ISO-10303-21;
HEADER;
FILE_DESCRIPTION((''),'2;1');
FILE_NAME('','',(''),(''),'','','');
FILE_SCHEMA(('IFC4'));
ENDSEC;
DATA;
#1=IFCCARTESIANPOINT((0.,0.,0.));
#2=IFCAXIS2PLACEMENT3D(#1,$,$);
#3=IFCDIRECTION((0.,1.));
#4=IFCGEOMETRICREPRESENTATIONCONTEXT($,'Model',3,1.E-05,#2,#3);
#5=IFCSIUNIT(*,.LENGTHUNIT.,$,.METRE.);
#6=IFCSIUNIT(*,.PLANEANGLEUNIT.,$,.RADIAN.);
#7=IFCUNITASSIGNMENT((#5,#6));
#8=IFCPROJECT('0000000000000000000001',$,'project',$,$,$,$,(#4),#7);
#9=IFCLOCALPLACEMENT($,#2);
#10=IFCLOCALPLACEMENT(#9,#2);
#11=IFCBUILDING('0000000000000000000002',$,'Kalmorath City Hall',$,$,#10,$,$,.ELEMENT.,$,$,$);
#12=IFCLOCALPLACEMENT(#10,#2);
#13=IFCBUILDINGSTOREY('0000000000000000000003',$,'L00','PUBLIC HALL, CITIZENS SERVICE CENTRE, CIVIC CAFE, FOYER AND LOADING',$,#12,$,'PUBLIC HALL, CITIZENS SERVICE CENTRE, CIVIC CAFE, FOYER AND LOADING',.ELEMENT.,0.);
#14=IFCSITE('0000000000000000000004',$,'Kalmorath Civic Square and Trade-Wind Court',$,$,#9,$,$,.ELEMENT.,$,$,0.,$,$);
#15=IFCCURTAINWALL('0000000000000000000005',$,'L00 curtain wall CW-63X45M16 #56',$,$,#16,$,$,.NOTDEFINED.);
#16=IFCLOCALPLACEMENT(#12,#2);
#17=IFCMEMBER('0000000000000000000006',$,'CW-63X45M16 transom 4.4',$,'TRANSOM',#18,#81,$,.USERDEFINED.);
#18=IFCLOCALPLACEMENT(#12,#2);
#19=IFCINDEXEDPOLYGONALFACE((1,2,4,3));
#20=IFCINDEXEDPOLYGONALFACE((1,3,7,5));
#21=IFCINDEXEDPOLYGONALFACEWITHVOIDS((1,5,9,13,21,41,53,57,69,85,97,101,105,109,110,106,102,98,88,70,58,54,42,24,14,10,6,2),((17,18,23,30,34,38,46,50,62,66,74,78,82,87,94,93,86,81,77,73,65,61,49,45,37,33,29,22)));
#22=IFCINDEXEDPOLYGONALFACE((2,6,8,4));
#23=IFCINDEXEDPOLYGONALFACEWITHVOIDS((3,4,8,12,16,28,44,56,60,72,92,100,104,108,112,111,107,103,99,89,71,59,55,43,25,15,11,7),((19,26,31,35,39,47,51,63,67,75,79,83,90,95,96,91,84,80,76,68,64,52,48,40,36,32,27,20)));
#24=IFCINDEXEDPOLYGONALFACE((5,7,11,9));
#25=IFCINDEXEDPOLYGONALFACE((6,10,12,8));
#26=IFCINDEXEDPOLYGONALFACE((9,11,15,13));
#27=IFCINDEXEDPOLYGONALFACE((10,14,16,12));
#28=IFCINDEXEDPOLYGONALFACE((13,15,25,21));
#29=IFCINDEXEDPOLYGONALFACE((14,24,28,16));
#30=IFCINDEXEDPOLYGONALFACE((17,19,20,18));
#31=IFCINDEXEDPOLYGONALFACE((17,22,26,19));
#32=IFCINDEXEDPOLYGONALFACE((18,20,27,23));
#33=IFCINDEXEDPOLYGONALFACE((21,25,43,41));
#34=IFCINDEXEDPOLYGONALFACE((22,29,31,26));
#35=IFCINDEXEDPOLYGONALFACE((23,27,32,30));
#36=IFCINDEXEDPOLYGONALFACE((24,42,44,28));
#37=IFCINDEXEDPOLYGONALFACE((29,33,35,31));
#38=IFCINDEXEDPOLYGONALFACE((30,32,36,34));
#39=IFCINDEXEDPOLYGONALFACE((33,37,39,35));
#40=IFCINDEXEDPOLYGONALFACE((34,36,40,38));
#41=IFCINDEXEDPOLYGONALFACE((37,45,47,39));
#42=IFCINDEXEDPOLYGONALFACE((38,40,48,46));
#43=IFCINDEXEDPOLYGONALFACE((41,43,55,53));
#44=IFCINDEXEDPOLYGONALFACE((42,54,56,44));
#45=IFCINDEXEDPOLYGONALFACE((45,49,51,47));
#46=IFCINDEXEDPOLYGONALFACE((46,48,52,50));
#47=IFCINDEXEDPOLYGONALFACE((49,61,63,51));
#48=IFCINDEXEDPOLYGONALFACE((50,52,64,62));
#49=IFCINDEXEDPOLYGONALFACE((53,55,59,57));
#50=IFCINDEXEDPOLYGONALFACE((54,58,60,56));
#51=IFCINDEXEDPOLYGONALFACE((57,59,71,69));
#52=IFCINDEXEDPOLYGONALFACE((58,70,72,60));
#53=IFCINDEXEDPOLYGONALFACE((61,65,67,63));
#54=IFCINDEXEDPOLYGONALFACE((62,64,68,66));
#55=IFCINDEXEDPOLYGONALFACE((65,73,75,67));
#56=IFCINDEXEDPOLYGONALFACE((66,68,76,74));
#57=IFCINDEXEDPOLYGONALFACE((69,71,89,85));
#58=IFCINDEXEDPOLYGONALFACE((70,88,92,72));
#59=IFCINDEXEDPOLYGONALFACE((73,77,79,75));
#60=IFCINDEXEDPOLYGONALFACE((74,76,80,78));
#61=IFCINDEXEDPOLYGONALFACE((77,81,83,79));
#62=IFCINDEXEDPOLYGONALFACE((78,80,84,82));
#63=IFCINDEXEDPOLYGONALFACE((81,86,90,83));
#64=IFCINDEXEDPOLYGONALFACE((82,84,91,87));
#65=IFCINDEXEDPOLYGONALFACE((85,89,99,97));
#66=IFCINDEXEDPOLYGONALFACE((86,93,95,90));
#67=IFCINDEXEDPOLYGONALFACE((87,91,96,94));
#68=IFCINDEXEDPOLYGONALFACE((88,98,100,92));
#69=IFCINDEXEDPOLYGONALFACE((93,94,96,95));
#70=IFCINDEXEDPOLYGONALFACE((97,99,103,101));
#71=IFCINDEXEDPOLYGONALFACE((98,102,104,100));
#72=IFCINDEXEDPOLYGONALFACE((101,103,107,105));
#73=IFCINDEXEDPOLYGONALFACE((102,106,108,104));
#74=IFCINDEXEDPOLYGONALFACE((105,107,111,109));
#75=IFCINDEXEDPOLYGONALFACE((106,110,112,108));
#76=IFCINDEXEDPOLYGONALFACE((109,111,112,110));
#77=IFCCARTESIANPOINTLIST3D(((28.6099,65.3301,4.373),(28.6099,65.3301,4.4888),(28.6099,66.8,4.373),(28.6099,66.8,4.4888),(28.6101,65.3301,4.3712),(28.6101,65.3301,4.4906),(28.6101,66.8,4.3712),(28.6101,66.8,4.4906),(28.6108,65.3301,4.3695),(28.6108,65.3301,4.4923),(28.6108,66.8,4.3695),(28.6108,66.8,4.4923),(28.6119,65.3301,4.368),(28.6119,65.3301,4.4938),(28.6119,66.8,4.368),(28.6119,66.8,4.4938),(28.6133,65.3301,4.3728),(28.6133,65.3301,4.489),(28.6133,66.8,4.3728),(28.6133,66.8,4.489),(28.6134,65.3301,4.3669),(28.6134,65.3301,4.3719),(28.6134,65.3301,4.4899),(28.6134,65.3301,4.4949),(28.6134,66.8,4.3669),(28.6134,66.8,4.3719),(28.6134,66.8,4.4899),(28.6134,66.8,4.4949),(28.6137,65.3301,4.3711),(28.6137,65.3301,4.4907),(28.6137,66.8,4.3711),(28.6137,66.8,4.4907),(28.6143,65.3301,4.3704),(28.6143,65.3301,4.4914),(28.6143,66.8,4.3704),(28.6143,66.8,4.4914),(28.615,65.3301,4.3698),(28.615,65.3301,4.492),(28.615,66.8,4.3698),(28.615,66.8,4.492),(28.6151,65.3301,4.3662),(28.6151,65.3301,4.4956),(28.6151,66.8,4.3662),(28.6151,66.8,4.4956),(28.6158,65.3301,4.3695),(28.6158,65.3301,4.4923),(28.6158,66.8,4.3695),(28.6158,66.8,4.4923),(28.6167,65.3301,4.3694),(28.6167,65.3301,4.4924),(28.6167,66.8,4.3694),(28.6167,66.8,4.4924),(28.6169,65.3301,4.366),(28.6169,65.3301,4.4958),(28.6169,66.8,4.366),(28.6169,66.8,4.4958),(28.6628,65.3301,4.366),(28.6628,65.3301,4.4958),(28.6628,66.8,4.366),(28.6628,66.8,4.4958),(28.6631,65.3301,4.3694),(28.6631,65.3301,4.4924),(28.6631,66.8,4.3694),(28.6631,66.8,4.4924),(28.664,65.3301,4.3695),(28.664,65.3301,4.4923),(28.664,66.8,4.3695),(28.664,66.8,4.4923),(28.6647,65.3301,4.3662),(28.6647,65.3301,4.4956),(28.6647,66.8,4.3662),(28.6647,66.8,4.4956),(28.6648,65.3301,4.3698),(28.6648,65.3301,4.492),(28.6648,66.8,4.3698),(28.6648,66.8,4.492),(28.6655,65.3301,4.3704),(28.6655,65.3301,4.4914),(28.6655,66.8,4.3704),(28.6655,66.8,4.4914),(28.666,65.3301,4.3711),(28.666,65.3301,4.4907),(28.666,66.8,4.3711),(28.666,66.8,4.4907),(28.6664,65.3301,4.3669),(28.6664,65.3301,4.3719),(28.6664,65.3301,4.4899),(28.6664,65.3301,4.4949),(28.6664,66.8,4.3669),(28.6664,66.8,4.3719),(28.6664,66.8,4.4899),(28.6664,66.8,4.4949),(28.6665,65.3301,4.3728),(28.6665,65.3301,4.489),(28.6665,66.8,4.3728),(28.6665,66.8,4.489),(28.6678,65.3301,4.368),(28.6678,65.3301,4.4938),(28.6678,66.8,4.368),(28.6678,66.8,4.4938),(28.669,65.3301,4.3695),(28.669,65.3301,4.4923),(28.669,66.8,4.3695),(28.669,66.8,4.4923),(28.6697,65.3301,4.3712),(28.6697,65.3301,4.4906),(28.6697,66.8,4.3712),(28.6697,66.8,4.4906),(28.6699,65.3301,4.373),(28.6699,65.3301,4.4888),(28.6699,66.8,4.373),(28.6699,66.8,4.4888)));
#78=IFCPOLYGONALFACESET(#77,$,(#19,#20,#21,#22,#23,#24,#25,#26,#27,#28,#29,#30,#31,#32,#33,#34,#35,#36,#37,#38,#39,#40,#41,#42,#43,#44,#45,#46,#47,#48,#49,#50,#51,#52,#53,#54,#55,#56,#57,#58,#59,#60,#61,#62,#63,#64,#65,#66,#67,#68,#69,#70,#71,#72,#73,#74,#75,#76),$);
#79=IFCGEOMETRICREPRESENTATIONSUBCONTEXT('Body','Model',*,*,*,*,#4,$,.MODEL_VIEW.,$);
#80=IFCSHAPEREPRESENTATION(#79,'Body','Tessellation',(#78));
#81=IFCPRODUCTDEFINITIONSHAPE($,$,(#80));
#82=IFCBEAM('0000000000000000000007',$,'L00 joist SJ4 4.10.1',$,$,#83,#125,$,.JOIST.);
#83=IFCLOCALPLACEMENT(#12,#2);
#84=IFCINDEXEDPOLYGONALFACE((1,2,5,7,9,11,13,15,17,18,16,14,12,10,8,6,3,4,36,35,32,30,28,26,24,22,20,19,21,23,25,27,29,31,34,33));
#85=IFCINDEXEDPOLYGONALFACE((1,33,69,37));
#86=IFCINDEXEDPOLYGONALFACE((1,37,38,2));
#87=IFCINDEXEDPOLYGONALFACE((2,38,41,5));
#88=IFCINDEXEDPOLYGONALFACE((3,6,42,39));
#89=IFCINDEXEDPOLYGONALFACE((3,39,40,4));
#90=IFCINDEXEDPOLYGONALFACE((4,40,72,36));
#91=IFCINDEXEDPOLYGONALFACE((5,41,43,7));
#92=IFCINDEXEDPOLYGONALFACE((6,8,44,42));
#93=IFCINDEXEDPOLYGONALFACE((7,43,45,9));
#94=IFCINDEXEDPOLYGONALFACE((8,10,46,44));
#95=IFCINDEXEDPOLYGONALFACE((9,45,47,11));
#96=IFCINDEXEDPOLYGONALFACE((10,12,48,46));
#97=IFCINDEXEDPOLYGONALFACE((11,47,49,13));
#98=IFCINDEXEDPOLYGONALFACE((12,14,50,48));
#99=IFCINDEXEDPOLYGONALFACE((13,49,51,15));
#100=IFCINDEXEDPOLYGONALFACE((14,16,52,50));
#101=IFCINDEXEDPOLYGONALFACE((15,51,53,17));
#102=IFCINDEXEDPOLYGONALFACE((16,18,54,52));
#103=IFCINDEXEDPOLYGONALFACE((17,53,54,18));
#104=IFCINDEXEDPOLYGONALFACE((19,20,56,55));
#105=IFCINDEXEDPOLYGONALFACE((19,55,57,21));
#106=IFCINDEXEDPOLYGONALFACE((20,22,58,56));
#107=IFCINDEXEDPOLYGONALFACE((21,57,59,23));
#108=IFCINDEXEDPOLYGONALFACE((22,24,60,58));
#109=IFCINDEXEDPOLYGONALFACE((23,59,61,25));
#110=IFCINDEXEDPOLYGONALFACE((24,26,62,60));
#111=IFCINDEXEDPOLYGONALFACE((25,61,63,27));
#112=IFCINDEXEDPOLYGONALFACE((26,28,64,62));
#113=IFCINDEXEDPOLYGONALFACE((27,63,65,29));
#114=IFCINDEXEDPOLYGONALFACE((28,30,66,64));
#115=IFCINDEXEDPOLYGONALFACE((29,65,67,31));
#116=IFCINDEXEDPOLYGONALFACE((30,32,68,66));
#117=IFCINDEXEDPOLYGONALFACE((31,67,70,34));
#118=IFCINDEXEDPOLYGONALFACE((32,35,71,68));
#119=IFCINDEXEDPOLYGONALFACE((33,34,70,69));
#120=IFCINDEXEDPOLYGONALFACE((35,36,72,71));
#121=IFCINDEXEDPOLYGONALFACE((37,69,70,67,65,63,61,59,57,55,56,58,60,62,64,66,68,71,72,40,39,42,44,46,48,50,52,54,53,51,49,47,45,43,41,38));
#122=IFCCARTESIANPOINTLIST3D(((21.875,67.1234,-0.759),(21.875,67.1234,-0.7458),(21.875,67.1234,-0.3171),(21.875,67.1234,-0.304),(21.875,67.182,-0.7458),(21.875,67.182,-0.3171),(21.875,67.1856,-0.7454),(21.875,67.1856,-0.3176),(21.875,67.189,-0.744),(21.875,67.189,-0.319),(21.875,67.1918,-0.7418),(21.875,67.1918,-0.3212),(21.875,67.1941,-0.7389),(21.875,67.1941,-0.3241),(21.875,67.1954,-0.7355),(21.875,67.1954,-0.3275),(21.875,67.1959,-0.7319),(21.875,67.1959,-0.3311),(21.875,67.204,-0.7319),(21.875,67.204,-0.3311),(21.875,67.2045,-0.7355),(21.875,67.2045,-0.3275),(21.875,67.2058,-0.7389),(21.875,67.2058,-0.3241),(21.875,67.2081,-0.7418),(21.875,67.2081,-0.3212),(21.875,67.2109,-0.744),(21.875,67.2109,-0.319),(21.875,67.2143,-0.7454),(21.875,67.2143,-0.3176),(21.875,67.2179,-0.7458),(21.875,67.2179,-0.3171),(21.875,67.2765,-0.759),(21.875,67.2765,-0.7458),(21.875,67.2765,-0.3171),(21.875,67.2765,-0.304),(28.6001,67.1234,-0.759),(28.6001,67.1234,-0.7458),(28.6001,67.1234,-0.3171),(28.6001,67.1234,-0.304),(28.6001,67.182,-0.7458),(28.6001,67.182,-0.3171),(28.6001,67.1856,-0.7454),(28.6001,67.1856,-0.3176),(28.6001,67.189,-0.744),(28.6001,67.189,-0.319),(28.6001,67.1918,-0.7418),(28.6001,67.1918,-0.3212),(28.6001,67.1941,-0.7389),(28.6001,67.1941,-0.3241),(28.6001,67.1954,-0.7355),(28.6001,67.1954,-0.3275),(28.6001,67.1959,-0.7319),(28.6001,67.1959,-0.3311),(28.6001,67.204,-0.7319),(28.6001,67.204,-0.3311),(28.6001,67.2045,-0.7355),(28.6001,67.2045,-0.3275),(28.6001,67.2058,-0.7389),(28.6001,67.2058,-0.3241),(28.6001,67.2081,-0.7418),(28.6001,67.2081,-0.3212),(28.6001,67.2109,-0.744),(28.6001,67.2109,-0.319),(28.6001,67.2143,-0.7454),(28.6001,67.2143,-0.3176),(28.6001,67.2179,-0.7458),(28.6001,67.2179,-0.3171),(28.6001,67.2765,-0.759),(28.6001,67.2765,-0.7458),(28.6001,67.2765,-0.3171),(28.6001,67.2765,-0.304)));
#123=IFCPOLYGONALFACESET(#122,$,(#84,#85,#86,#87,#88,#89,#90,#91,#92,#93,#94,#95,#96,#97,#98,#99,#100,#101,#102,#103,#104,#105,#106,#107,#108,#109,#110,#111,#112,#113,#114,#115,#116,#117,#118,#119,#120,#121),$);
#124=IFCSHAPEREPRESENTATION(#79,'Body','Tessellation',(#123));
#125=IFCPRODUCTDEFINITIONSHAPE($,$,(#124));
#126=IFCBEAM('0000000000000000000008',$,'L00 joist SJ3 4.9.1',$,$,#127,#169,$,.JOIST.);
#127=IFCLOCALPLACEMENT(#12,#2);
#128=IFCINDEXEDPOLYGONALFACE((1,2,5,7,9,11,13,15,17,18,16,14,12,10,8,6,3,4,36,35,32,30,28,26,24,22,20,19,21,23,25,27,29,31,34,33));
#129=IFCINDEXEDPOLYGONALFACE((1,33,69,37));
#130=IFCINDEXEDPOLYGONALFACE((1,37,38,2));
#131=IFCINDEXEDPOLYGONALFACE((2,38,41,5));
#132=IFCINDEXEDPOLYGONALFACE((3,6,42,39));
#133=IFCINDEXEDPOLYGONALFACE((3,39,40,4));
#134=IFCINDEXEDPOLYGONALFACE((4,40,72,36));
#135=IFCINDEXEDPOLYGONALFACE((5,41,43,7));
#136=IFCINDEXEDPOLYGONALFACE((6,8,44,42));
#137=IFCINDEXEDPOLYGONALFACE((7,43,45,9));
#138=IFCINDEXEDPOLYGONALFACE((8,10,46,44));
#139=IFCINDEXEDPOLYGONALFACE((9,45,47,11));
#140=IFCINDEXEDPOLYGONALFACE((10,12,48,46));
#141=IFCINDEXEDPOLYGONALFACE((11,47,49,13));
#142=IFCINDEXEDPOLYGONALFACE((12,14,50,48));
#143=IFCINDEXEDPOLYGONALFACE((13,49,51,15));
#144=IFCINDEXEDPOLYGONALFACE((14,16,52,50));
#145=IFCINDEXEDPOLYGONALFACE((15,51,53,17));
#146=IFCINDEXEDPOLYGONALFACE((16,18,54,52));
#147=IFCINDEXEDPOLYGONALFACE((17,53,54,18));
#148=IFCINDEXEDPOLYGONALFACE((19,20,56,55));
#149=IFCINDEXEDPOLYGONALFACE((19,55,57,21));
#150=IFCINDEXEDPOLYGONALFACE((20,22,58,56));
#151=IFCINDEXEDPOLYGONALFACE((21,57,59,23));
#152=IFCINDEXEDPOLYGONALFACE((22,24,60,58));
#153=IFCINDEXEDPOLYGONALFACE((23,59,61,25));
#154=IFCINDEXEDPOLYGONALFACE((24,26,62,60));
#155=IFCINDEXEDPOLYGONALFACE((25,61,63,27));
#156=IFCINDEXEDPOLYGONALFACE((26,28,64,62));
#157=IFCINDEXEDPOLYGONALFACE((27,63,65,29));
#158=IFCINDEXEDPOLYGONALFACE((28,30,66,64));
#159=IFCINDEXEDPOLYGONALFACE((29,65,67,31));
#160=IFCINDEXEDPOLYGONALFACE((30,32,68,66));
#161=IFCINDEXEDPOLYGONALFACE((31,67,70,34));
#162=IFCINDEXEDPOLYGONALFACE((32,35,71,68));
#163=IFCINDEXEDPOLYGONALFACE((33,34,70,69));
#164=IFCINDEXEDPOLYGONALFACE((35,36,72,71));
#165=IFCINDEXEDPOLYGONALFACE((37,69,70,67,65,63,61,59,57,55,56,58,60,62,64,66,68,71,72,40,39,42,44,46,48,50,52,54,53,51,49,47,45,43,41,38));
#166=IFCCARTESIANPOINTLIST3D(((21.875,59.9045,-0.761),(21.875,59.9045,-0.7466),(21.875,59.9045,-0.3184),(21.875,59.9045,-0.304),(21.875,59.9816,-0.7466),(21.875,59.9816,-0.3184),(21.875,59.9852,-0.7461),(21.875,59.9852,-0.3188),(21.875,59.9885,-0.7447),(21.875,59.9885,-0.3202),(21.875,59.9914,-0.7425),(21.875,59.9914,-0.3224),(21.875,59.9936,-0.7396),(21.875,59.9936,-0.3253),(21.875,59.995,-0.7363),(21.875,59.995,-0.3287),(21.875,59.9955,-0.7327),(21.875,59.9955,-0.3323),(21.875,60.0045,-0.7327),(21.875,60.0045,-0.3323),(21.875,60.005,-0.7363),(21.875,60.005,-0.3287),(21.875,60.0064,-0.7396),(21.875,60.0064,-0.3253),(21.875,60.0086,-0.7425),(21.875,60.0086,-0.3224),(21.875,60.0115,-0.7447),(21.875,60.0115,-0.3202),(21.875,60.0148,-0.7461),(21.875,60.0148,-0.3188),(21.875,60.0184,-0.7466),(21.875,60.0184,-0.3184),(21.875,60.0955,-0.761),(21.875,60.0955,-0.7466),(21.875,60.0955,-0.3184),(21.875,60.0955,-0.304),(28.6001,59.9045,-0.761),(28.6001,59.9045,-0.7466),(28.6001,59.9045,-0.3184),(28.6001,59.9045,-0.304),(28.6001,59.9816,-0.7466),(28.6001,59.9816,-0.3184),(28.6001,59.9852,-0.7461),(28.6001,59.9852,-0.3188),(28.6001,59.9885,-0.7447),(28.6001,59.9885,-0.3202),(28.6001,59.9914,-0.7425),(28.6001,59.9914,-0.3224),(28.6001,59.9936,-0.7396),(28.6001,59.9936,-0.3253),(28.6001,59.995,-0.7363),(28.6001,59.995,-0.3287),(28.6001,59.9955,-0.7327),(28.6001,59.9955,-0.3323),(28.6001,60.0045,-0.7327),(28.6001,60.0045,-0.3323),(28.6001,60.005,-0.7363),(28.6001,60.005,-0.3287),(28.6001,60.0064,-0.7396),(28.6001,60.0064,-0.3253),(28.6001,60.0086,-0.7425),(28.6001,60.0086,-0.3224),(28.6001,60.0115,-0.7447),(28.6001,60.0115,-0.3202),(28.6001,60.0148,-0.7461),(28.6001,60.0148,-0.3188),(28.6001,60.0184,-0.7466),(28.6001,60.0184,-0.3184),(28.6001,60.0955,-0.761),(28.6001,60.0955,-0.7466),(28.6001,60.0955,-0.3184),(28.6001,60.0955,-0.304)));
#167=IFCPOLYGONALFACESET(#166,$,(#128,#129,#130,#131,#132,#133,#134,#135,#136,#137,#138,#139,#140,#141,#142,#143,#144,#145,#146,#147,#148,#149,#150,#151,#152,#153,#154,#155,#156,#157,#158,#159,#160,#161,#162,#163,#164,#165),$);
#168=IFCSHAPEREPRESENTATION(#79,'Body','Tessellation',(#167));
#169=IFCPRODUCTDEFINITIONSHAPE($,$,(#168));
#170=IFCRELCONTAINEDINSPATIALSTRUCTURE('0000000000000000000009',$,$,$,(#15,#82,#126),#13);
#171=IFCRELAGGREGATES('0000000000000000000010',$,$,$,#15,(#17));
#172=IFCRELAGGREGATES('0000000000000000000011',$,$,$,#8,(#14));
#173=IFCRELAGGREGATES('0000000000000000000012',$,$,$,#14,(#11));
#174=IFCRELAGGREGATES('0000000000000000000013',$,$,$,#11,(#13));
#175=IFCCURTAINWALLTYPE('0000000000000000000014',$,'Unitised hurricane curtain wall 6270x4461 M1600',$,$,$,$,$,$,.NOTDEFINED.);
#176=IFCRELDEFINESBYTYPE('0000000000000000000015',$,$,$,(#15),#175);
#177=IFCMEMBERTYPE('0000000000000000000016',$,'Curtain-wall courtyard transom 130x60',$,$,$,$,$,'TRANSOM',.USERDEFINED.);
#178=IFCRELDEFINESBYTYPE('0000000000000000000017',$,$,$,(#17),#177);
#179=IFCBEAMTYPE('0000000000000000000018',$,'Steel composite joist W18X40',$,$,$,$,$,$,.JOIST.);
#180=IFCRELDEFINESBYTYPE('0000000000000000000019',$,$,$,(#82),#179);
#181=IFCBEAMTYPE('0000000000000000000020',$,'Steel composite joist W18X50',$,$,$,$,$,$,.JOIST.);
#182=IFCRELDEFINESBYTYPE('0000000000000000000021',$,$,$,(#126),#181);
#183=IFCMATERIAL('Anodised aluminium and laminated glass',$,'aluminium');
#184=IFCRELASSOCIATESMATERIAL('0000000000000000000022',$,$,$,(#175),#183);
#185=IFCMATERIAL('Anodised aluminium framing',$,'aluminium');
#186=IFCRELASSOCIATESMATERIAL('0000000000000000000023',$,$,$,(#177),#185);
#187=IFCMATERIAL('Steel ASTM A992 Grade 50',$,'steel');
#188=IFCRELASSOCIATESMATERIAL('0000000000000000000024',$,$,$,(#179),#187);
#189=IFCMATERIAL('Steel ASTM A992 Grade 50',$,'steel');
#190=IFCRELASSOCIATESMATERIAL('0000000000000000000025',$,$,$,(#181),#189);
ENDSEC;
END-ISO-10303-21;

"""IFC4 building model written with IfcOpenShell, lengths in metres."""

from ifc_helpers import new_model, si_unit, direction, frame, origin, origin_2d, place, context, subcontext, project, spatial, hollow_rectangle, i_section, extrude, material, material_profile, profile_set, type_object, element, aggregate, save


model = new_model("IFC4")

# Units and contexts
model_context = context("Model", 3, precision=1e-05, world=origin(), true_north=direction((0.0, 1.0)))
body_context = subcontext(model_context, "Body", "Model", "MODEL_VIEW")
ifc_project = project(units=[si_unit("LENGTHUNIT", "METRE"), si_unit("PLANEANGLEUNIT", "RADIAN")], contexts=[model_context])

# Site, building, storey
site_placement = place(None, origin())
site = spatial("IfcSite", under=ifc_project, at=site_placement, Name="Kalmorath Civic Square and Trade-Wind Court", CompositionType="ELEMENT", RefElevation=0.0)
building_placement = place(site_placement, origin())
building = spatial("IfcBuilding", under=site, at=building_placement, Name="Kalmorath City Hall", CompositionType="ELEMENT")
storey_placement = place(building_placement, origin())
storey = spatial("IfcBuildingStorey", under=building, at=storey_placement, Name="L00", Description="PUBLIC HALL, CITIZENS SERVICE CENTRE, CIVIC CAFE, FOYER AND LOADING", LongName="PUBLIC HALL, CITIZENS SERVICE CENTRE, CIVIC CAFE, FOYER AND LOADING", CompositionType="ELEMENT", Elevation=0.0)

# Curtain wall, member
ifc_material_1 = material(Name="Anodised aluminium and laminated glass", Category="aluminium")
curtain_wall_type = type_object("IfcCurtainWallType", Name="Unitised hurricane curtain wall 6270x4461 M1600", PredefinedType="NOTDEFINED", material=ifc_material_1)
curtain_wall_placement = place(storey_placement, origin())
curtain_wall = element("IfcCurtainWall", 1, at=curtain_wall_placement, inside=storey, type_object=curtain_wall_type, Name="L00 curtain wall CW-63X45M16 #56", PredefinedType="NOTDEFINED")
ifc_material_2 = material(Name="Anodised aluminium framing", Category="aluminium")
ifc_material_profile_1 = material_profile(ifc_material_2, hollow_rectangle(XDim=0.0601, YDim=0.1299, WallThickness=0.0034, InnerFilletRadius=0.0034, OuterFilletRadius=0.0071, at=origin_2d()), Name="ALU-TRN-130X60X3.5")
ifc_profile_set_1 = profile_set([ifc_material_profile_1], Name="Anodised aluminium framing")
member_type_1 = type_object("IfcMemberType", Name="Curtain-wall courtyard transom 130x60", ElementType="TRANSOM", PredefinedType="USERDEFINED", material=ifc_profile_set_1)
member_1_placement = place(storey_placement, frame((28.6399, 66.8, 4.4309), z_axis=(0.0, -1.0, 0.0), x_axis=(1.0, 0.0, 0.0)))
member_1 = element("IfcMember", 2, at=member_1_placement, type_object=member_type_1, Name="CW-63X45M16 transom 4.4", ObjectType="TRANSOM", PredefinedType="USERDEFINED", context=body_context, shape_type="SweptSolid", body=[
    extrude(hollow_rectangle(XDim=0.0601, YDim=0.1299, WallThickness=0.0034, InnerFilletRadius=0.0034, OuterFilletRadius=0.0071, at=origin_2d()), origin(), (0.0, 0.0, 1.0), 1.47),
])

# Beams
ifc_material_3 = material(Name="Steel ASTM A992 Grade 50", Category="steel")
ifc_material_profile_2 = material_profile(ifc_material_3, i_section(OverallWidth=0.1531, OverallDepth=0.4551, WebThickness=0.0081, FlangeThickness=0.0132, FilletRadius=0.0139, at=origin_2d()), Name="W18X40")
ifc_profile_set_2 = profile_set([ifc_material_profile_2], Name="Steel ASTM A992 Grade 50")
beam_type_1 = type_object("IfcBeamType", Name="Steel composite joist W18X40", PredefinedType="JOIST", material=ifc_profile_set_2)
beam_1_placement = place(storey_placement, frame((21.875, 67.2, -0.5315), z_axis=(1.0, 0.0, 0.0), x_axis=(0.0, 1.0, 0.0)))
element("IfcBeam", 3, at=beam_1_placement, inside=storey, type_object=beam_type_1, Name="L00 joist SJ4 4.10.1", PredefinedType="JOIST", context=body_context, shape_type="SweptSolid", body=[
    extrude(i_section(OverallWidth=0.1531, OverallDepth=0.4551, WebThickness=0.0081, FlangeThickness=0.0132, FilletRadius=0.0139, at=origin_2d()), origin(), (0.0, 0.0, 1.0), 6.7251),
])
ifc_material_4 = material(Name="Steel ASTM A992 Grade 50", Category="steel")
ifc_material_profile_3 = material_profile(ifc_material_4, i_section(OverallWidth=0.1909, OverallDepth=0.457, WebThickness=0.009, FlangeThickness=0.0144, FilletRadius=0.0139, at=origin_2d()), Name="W18X50")
ifc_profile_set_3 = profile_set([ifc_material_profile_3], Name="Steel ASTM A992 Grade 50")
beam_type_2 = type_object("IfcBeamType", Name="Steel composite joist W18X50", PredefinedType="JOIST", material=ifc_profile_set_3)
for number, where, z_axis, x_axis, name in (
    (4, (21.875, 60.0, -0.5325), (1.0, 0.0, 0.0), (0.0, 1.0, 0.0), "L00 joist SJ3 4.9.1"),
):
    element("IfcBeam", number, at=place(storey_placement, frame(where, z_axis=z_axis, x_axis=x_axis)), inside=storey, type_object=beam_type_2, Name=name, PredefinedType="JOIST", context=body_context, shape_type="SweptSolid", body=[
        extrude(i_section(OverallWidth=0.1909, OverallDepth=0.457, WebThickness=0.009, FlangeThickness=0.0144, FilletRadius=0.0139, at=origin_2d()), origin(), (0.0, 0.0, 1.0), 6.7251),
    ])

aggregate(curtain_wall, [member_1])

save(model, "model.ifc")
